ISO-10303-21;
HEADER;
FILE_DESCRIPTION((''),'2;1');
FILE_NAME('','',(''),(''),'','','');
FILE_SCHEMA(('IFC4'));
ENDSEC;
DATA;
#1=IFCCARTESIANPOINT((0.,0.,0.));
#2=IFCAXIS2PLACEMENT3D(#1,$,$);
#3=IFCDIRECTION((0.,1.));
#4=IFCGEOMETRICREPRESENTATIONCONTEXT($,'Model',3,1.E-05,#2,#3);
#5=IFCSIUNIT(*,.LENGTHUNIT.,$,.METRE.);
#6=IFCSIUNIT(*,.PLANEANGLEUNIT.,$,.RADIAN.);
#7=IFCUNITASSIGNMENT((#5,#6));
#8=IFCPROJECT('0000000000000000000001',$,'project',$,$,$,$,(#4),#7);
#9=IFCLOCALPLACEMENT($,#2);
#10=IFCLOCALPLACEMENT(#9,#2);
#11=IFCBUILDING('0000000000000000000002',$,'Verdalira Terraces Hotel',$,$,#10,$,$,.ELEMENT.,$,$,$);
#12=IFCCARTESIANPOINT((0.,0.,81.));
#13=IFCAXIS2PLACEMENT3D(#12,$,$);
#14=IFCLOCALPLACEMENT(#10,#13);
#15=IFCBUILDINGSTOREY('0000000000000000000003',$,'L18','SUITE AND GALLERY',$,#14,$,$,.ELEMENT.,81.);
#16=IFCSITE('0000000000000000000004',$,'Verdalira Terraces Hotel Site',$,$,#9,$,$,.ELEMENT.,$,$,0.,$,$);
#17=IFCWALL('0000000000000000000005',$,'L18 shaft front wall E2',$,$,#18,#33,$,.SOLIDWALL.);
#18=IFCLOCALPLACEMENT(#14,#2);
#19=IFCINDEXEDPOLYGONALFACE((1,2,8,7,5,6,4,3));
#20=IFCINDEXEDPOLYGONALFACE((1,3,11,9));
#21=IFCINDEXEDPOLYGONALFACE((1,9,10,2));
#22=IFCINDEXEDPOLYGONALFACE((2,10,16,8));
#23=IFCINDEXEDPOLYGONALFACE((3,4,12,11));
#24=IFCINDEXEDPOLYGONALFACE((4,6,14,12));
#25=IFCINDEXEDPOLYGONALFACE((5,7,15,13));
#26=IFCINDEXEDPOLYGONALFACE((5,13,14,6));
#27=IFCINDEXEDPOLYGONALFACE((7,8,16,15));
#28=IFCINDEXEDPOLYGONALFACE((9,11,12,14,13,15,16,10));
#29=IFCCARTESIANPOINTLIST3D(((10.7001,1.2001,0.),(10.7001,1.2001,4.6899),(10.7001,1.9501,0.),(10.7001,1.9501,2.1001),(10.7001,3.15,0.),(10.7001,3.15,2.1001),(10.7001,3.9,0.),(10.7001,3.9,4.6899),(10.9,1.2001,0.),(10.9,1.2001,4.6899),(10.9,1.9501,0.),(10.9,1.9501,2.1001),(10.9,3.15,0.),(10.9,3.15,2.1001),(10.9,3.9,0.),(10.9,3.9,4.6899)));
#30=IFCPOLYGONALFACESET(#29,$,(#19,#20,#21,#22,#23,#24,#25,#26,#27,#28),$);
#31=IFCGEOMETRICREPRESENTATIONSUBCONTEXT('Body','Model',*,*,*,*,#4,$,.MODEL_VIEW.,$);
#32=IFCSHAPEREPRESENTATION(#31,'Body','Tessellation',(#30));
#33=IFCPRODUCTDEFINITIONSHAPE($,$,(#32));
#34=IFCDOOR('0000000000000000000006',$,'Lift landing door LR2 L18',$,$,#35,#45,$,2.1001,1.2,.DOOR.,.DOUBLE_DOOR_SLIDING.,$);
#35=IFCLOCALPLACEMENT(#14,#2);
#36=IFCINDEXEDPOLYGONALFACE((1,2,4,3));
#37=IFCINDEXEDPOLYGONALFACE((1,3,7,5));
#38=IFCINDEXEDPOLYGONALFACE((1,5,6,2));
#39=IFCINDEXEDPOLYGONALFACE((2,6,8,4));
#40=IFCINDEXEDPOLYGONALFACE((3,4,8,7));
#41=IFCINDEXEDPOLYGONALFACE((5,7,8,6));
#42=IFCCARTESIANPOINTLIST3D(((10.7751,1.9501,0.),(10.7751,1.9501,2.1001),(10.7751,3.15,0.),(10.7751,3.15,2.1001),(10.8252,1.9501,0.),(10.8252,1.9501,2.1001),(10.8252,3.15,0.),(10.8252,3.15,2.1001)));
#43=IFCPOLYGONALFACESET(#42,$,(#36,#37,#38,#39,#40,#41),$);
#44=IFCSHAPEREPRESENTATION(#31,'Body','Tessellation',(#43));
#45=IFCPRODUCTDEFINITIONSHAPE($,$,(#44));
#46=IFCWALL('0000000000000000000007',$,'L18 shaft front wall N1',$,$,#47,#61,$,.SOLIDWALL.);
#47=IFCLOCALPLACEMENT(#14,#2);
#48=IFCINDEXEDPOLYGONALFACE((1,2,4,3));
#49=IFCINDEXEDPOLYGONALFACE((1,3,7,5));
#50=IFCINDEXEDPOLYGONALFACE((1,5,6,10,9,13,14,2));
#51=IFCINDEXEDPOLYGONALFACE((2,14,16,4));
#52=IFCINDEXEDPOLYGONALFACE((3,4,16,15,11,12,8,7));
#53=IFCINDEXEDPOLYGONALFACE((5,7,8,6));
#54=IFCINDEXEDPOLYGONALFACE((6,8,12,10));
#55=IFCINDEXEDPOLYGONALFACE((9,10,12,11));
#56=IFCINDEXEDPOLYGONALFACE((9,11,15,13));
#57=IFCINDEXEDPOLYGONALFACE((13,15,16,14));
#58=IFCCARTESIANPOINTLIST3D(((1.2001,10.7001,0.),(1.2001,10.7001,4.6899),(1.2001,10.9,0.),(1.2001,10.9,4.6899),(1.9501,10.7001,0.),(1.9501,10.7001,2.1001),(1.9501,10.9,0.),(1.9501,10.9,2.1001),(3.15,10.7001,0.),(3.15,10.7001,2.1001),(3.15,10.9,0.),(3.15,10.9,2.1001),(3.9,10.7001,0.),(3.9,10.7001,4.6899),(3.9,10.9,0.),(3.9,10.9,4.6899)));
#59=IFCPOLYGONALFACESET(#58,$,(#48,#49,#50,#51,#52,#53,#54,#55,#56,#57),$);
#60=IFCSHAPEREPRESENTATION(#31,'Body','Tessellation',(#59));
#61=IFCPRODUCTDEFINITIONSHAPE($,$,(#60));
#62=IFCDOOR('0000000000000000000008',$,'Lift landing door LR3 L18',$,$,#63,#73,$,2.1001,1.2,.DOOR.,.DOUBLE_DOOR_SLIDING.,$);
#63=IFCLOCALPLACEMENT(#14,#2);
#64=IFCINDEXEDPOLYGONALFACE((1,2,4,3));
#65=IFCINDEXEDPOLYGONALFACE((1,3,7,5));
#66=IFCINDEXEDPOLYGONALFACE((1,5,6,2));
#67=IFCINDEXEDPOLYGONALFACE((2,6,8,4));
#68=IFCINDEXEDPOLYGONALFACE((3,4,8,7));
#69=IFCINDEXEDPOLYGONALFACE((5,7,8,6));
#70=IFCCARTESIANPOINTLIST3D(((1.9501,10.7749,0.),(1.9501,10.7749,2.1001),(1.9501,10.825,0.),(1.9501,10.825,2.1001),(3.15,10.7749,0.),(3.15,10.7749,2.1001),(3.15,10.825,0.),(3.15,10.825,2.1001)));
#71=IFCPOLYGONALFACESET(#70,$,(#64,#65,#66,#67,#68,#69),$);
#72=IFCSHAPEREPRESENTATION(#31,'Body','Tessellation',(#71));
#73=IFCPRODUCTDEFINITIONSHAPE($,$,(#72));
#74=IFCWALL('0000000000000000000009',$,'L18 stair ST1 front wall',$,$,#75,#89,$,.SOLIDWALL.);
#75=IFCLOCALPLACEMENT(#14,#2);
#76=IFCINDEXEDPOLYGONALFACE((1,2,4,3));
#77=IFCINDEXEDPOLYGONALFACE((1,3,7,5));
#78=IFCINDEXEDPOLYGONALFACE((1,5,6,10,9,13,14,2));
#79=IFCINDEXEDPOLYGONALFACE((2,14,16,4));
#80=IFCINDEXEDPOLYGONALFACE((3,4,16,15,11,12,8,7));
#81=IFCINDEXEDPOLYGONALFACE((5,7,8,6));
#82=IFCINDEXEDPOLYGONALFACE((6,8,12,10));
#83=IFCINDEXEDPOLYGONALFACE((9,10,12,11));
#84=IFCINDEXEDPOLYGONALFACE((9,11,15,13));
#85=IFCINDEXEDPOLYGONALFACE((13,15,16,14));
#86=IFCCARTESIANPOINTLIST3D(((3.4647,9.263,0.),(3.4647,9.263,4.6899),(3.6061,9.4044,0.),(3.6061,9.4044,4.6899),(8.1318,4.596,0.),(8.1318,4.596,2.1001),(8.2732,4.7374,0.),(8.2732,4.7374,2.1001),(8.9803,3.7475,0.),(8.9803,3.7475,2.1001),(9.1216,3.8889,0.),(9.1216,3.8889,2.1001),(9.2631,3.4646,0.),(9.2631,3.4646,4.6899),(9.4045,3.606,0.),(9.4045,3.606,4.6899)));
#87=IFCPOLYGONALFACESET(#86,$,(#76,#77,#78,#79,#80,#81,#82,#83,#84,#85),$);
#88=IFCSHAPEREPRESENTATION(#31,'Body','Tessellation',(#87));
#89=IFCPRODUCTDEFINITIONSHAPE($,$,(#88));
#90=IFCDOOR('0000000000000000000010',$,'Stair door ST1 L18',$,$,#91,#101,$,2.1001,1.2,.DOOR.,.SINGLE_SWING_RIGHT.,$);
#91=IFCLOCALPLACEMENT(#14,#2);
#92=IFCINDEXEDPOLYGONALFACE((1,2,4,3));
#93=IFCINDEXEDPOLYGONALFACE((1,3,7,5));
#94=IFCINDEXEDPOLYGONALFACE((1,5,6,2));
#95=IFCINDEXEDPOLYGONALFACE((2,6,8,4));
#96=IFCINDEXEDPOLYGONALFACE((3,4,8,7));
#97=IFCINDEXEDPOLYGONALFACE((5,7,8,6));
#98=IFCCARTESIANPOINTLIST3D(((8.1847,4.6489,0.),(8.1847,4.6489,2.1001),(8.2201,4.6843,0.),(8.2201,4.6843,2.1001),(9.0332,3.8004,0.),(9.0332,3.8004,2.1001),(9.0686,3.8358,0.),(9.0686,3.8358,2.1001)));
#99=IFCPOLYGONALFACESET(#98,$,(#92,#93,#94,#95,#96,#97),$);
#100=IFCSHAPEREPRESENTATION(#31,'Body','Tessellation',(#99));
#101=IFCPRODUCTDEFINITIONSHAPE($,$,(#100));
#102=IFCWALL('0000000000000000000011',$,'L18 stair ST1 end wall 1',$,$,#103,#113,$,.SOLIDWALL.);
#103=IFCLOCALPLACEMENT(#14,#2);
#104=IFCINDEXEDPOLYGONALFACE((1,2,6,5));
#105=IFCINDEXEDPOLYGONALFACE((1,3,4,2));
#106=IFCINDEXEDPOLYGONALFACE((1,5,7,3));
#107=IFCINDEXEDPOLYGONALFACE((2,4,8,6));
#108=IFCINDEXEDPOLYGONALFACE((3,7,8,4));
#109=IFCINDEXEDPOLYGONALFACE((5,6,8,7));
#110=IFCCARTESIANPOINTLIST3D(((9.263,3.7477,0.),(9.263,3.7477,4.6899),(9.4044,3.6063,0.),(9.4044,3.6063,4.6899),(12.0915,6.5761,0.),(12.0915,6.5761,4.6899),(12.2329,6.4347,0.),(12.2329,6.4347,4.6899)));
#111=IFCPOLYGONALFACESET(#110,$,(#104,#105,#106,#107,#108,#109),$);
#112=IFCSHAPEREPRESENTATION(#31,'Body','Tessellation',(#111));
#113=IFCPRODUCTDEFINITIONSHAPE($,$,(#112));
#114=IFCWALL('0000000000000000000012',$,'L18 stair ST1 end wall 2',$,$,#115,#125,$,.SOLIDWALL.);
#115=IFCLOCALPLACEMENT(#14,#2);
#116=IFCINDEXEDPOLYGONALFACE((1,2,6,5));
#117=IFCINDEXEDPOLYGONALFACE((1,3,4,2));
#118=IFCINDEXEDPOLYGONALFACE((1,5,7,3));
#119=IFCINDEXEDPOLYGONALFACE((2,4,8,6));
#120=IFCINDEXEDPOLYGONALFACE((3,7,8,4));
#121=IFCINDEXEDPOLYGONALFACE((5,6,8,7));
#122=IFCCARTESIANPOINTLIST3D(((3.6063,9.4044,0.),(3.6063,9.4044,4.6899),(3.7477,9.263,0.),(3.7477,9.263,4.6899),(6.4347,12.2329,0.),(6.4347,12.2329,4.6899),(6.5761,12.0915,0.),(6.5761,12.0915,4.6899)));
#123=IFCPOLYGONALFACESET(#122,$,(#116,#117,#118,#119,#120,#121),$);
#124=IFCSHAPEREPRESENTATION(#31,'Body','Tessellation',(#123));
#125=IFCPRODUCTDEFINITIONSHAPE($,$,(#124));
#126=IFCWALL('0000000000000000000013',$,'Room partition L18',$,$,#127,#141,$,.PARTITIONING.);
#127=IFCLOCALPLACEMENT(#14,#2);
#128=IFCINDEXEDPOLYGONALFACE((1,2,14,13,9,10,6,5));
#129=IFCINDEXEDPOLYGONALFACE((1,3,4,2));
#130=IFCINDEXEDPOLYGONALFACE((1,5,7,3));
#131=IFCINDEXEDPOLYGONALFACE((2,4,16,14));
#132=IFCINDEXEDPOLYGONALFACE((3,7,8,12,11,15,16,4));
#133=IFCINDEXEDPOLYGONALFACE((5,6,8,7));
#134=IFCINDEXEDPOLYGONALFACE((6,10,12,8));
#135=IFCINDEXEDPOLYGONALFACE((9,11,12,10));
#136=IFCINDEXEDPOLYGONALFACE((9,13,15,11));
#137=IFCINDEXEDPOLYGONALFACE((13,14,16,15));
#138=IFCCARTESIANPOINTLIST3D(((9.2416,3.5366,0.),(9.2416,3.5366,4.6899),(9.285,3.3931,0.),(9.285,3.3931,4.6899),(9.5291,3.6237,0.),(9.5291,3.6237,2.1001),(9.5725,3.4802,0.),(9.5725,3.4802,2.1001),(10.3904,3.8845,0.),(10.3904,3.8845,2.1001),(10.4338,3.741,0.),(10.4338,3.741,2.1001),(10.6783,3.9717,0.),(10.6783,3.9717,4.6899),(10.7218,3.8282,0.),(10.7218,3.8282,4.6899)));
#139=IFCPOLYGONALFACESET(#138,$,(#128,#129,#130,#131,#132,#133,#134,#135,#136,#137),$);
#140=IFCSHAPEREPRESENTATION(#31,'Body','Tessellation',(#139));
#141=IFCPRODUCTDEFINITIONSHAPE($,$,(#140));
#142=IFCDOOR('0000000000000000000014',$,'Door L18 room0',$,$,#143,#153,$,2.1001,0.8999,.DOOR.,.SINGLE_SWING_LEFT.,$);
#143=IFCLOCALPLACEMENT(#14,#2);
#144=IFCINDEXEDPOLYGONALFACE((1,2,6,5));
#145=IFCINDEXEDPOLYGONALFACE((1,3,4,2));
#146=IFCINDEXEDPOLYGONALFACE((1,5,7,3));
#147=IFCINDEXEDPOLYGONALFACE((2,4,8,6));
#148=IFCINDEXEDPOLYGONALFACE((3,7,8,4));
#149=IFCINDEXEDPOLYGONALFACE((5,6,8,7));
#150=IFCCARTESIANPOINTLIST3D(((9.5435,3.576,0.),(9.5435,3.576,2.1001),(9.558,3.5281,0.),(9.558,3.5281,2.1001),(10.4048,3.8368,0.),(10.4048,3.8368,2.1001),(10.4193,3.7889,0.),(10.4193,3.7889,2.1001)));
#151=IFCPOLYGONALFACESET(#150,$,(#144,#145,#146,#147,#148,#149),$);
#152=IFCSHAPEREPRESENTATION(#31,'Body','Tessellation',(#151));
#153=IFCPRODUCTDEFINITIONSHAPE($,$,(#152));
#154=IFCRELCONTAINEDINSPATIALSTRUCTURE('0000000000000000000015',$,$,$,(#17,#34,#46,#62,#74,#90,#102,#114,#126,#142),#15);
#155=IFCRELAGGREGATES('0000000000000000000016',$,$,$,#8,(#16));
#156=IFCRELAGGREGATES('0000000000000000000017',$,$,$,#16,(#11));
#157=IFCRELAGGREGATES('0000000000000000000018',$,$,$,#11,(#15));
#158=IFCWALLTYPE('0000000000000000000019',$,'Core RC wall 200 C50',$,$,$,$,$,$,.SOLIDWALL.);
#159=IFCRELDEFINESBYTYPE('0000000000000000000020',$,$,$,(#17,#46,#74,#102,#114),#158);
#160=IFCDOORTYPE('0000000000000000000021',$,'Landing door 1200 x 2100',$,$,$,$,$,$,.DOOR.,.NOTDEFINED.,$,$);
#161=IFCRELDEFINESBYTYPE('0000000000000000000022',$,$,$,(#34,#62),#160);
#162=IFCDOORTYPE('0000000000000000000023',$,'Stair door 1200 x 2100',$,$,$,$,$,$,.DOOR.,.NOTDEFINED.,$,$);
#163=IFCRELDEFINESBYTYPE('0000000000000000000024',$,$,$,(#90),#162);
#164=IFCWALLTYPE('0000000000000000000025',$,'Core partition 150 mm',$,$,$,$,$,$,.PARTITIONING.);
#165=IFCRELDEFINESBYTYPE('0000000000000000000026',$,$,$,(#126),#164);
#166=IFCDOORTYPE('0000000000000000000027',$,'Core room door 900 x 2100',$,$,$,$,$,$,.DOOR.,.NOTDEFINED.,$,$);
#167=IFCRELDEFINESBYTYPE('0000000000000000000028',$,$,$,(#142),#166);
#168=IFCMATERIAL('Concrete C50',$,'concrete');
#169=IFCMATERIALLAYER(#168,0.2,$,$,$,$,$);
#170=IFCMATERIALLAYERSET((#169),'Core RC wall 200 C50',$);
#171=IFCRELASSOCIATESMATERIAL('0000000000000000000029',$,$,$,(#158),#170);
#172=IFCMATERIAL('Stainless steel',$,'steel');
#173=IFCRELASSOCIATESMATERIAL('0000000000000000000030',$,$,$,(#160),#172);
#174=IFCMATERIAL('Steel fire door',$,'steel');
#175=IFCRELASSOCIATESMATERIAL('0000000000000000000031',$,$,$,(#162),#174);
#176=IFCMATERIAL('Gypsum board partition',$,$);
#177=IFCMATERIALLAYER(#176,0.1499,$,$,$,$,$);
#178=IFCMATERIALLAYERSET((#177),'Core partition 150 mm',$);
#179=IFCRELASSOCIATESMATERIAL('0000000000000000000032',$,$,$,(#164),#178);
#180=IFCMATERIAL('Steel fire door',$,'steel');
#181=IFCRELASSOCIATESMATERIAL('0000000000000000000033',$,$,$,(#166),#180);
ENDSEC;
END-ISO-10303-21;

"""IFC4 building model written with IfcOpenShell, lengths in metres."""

from ifc_helpers import new_model, si_unit, direction, frame, frame_2d, origin, place, context, subcontext, project, spatial, rectangle, extrude, material, layer, layer_set, type_object, element, fill, save


model = new_model("IFC4")

# Units and contexts
model_context = context("Model", 3, precision=1e-05, world=origin(), true_north=direction((0.0, 1.0)))
body_context = subcontext(model_context, "Body", "Model", "MODEL_VIEW")
ifc_project = project(units=[si_unit("LENGTHUNIT", "METRE"), si_unit("PLANEANGLEUNIT", "RADIAN")], contexts=[model_context])

# Site, building, storey
site_placement = place(None, origin())
site = spatial("IfcSite", under=ifc_project, at=site_placement, Name="Verdalira Terraces Hotel Site", CompositionType="ELEMENT", RefElevation=0.0)
building_placement = place(site_placement, origin())
building = spatial("IfcBuilding", under=site, at=building_placement, Name="Verdalira Terraces Hotel", CompositionType="ELEMENT")
storey_placement = place(building_placement, frame((0.0, 0.0, 81.0)))
storey = spatial("IfcBuildingStorey", under=building, at=storey_placement, Name="L18", Description="SUITE AND GALLERY", CompositionType="ELEMENT", Elevation=81.0)

# Walls, openings, doors
ifc_material_1 = material(Name="Concrete C50", Category="concrete")
ifc_layer_1 = layer(ifc_material_1, 0.2)
ifc_layer_set_1 = layer_set([ifc_layer_1], Name="Core RC wall 200 C50")
wall_type_1 = type_object("IfcWallType", Name="Core RC wall 200 C50", PredefinedType="SOLIDWALL", material=ifc_layer_set_1)
wall_1_placement = place(storey_placement, frame((10.8, 1.2, 0.0), z_axis=(0.0, 0.0, 1.0), x_axis=(0.0, 1.0, 0.0)))
wall_1 = element("IfcWall", 1, at=wall_1_placement, inside=storey, type_object=wall_type_1, Name="L18 shaft front wall E2", PredefinedType="SOLIDWALL", context=body_context, shape_type="SweptSolid", body=[
    extrude(rectangle(XDim=2.7, YDim=0.2, at=frame_2d((1.3501, 0.0))), origin(), (0.0, 0.0, 1.0), 4.6899),
])
opening_1_placement = place(wall_1_placement, frame((0.75, 0.0, 0.0)))
opening_1 = element("IfcOpeningElement", 2, at=opening_1_placement, cuts=wall_1, PredefinedType="OPENING", context=body_context, shape_type="SweptSolid", body=[
    extrude(rectangle(XDim=1.2, YDim=2.1001, at=frame_2d((0.6001, 1.05))), frame((0.0, 0.1099, 0.0), z_axis=(0.0, -1.0, 0.0), x_axis=(1.0, 0.0, 0.0)), (0.0, 0.0, 1.0), 0.22),
])
ifc_material_2 = material(Name="Stainless steel", Category="steel")
door_type_1 = type_object("IfcDoorType", Name="Landing door 1200 x 2100", OperationType="NOTDEFINED", PredefinedType="DOOR", material=ifc_material_2)
door_1_placement = place(opening_1_placement, origin())
door_1 = element("IfcDoor", 3, at=door_1_placement, inside=storey, type_object=door_type_1, Name="Lift landing door LR2 L18", OperationType="DOUBLE_DOOR_SLIDING", OverallHeight=2.1001, OverallWidth=1.2, PredefinedType="DOOR", context=body_context, shape_type="SweptSolid", body=[
    extrude(rectangle(XDim=1.2, YDim=2.1001, at=frame_2d((0.6001, 1.05))), frame((0.0, 0.0249, 0.0), z_axis=(0.0, -1.0, 0.0), x_axis=(1.0, 0.0, 0.0)), (0.0, 0.0, 1.0), 0.05),
])
fill(opening_1, door_1)
wall_2_placement = place(storey_placement, frame((1.2, 10.8, 0.0), z_axis=(0.0, 0.0, 1.0), x_axis=(1.0, 0.0, 0.0)))
wall_2 = element("IfcWall", 4, at=wall_2_placement, inside=storey, type_object=wall_type_1, Name="L18 shaft front wall N1", PredefinedType="SOLIDWALL", context=body_context, shape_type="SweptSolid", body=[
    extrude(rectangle(XDim=2.7, YDim=0.2, at=frame_2d((1.3501, 0.0))), origin(), (0.0, 0.0, 1.0), 4.6899),
])
opening_2_placement = place(wall_2_placement, frame((0.75, 0.0, 0.0)))
opening_2 = element("IfcOpeningElement", 5, at=opening_2_placement, cuts=wall_2, PredefinedType="OPENING", context=body_context, shape_type="SweptSolid", body=[
    extrude(rectangle(XDim=1.2, YDim=2.1001, at=frame_2d((0.6001, 1.05))), frame((0.0, 0.1099, 0.0), z_axis=(0.0, -1.0, 0.0), x_axis=(1.0, 0.0, 0.0)), (0.0, 0.0, 1.0), 0.22),
])
door_2_placement = place(opening_2_placement, origin())
door_2 = element("IfcDoor", 6, at=door_2_placement, inside=storey, type_object=door_type_1, Name="Lift landing door LR3 L18", OperationType="DOUBLE_DOOR_SLIDING", OverallHeight=2.1001, OverallWidth=1.2, PredefinedType="DOOR", context=body_context, shape_type="SweptSolid", body=[
    extrude(rectangle(XDim=1.2, YDim=2.1001, at=frame_2d((0.6001, 1.05))), frame((0.0, 0.0249, 0.0), z_axis=(0.0, -1.0, 0.0), x_axis=(1.0, 0.0, 0.0)), (0.0, 0.0, 1.0), 0.05),
])
fill(opening_2, door_2)
wall_3_placement = place(storey_placement, frame((3.5354, 9.3337, 0.0), z_axis=(0.0, 0.0, 1.0), x_axis=(0.707107, -0.707107, 0.0)))
wall_3 = element("IfcWall", 7, at=wall_3_placement, inside=storey, type_object=wall_type_1, Name="L18 stair ST1 front wall", PredefinedType="SOLIDWALL", context=body_context, shape_type="SweptSolid", body=[
    extrude(rectangle(XDim=8.2002, YDim=0.2, at=frame_2d((4.1001, 0.0))), origin(), (0.0, 0.0, 1.0), 4.6899),
])
opening_3_placement = place(wall_3_placement, frame((6.6001, 0.0, 0.0)))
opening_3 = element("IfcOpeningElement", 8, at=opening_3_placement, cuts=wall_3, PredefinedType="OPENING", context=body_context, shape_type="SweptSolid", body=[
    extrude(rectangle(XDim=1.2, YDim=2.1001, at=frame_2d((0.6001, 1.05))), frame((0.0, 0.1099, 0.0), z_axis=(0.0, -1.0, 0.0), x_axis=(1.0, 0.0, 0.0)), (0.0, 0.0, 1.0), 0.22),
])
ifc_material_3 = material(Name="Steel fire door", Category="steel")
door_type_2 = type_object("IfcDoorType", Name="Stair door 1200 x 2100", OperationType="NOTDEFINED", PredefinedType="DOOR", material=ifc_material_3)
door_3_placement = place(opening_3_placement, origin())
door_3 = element("IfcDoor", 9, at=door_3_placement, inside=storey, type_object=door_type_2, Name="Stair door ST1 L18", OperationType="SINGLE_SWING_RIGHT", OverallHeight=2.1001, OverallWidth=1.2, PredefinedType="DOOR", context=body_context, shape_type="SweptSolid", body=[
    extrude(rectangle(XDim=1.2, YDim=2.1001, at=frame_2d((0.6001, 1.05))), frame((0.0, 0.0249, 0.0), z_axis=(0.0, -1.0, 0.0), x_axis=(1.0, 0.0, 0.0)), (0.0, 0.0, 1.0), 0.05),
])
fill(opening_3, door_3)

# Walls
for number, where, z_axis, x_axis, name in (
    (10, (9.3337, 3.677, 0.0), (0.0, 0.0, 1.0), (0.707107, 0.707107, 0.0), "L18 stair ST1 end wall 1"),
    (11, (3.677, 9.3337, 0.0), (0.0, 0.0, 1.0), (0.707107, 0.707107, 0.0), "L18 stair ST1 end wall 2"),
):
    element("IfcWall", number, at=place(storey_placement, frame(where, z_axis=z_axis, x_axis=x_axis)), inside=storey, type_object=wall_type_1, Name=name, PredefinedType="SOLIDWALL", context=body_context, shape_type="SweptSolid", body=[
        extrude(rectangle(XDim=4.0, YDim=0.2, at=frame_2d((2.0, 0.0))), origin(), (0.0, 0.0, 1.0), 4.6899),
    ])

# Wall, opening, door
ifc_material_4 = material(Name="Gypsum board partition")
ifc_layer_2 = layer(ifc_material_4, 0.1499)
ifc_layer_set_2 = layer_set([ifc_layer_2], Name="Core partition 150 mm")
wall_type_2 = type_object("IfcWallType", Name="Core partition 150 mm", PredefinedType="PARTITIONING", material=ifc_layer_set_2)
wall_4_placement = place(storey_placement, frame((10.7, 3.8999, 0.0), z_axis=(0.0, 0.0, 1.0), x_axis=(-0.957085, -0.289809, 0.0)))
wall_4 = element("IfcWall", 12, at=wall_4_placement, inside=storey, type_object=wall_type_2, Name="Room partition L18", PredefinedType="PARTITIONING", context=body_context, shape_type="SweptSolid", body=[
    extrude(rectangle(XDim=1.5012, YDim=0.1499, at=frame_2d((0.7505, 0.0))), origin(), (0.0, 0.0, 1.0), 4.6899),
])
opening_4_placement = place(wall_4_placement, frame((0.3008, 0.0, 0.0)))
opening_4 = element("IfcOpeningElement", 13, at=opening_4_placement, cuts=wall_4, PredefinedType="OPENING", context=body_context, shape_type="SweptSolid", body=[
    extrude(rectangle(XDim=0.8999, YDim=2.1001, at=frame_2d((0.45, 1.05))), frame((0.0, 0.085, 0.0), z_axis=(0.0, -1.0, 0.0), x_axis=(1.0, 0.0, 0.0)), (0.0, 0.0, 1.0), 0.1699),
])
ifc_material_5 = material(Name="Steel fire door", Category="steel")
door_type_3 = type_object("IfcDoorType", Name="Core room door 900 x 2100", OperationType="NOTDEFINED", PredefinedType="DOOR", material=ifc_material_5)
door_4_placement = place(opening_4_placement, origin())
door_4 = element("IfcDoor", 14, at=door_4_placement, inside=storey, type_object=door_type_3, Name="Door L18 room0", OperationType="SINGLE_SWING_LEFT", OverallHeight=2.1001, OverallWidth=0.8999, PredefinedType="DOOR", context=body_context, shape_type="SweptSolid", body=[
    extrude(rectangle(XDim=0.8999, YDim=2.1001, at=frame_2d((0.45, 1.05))), frame((0.0, 0.0249, 0.0), z_axis=(0.0, -1.0, 0.0), x_axis=(1.0, 0.0, 0.0)), (0.0, 0.0, 1.0), 0.05),
])
fill(opening_4, door_4)

save(model, "model.ifc")
